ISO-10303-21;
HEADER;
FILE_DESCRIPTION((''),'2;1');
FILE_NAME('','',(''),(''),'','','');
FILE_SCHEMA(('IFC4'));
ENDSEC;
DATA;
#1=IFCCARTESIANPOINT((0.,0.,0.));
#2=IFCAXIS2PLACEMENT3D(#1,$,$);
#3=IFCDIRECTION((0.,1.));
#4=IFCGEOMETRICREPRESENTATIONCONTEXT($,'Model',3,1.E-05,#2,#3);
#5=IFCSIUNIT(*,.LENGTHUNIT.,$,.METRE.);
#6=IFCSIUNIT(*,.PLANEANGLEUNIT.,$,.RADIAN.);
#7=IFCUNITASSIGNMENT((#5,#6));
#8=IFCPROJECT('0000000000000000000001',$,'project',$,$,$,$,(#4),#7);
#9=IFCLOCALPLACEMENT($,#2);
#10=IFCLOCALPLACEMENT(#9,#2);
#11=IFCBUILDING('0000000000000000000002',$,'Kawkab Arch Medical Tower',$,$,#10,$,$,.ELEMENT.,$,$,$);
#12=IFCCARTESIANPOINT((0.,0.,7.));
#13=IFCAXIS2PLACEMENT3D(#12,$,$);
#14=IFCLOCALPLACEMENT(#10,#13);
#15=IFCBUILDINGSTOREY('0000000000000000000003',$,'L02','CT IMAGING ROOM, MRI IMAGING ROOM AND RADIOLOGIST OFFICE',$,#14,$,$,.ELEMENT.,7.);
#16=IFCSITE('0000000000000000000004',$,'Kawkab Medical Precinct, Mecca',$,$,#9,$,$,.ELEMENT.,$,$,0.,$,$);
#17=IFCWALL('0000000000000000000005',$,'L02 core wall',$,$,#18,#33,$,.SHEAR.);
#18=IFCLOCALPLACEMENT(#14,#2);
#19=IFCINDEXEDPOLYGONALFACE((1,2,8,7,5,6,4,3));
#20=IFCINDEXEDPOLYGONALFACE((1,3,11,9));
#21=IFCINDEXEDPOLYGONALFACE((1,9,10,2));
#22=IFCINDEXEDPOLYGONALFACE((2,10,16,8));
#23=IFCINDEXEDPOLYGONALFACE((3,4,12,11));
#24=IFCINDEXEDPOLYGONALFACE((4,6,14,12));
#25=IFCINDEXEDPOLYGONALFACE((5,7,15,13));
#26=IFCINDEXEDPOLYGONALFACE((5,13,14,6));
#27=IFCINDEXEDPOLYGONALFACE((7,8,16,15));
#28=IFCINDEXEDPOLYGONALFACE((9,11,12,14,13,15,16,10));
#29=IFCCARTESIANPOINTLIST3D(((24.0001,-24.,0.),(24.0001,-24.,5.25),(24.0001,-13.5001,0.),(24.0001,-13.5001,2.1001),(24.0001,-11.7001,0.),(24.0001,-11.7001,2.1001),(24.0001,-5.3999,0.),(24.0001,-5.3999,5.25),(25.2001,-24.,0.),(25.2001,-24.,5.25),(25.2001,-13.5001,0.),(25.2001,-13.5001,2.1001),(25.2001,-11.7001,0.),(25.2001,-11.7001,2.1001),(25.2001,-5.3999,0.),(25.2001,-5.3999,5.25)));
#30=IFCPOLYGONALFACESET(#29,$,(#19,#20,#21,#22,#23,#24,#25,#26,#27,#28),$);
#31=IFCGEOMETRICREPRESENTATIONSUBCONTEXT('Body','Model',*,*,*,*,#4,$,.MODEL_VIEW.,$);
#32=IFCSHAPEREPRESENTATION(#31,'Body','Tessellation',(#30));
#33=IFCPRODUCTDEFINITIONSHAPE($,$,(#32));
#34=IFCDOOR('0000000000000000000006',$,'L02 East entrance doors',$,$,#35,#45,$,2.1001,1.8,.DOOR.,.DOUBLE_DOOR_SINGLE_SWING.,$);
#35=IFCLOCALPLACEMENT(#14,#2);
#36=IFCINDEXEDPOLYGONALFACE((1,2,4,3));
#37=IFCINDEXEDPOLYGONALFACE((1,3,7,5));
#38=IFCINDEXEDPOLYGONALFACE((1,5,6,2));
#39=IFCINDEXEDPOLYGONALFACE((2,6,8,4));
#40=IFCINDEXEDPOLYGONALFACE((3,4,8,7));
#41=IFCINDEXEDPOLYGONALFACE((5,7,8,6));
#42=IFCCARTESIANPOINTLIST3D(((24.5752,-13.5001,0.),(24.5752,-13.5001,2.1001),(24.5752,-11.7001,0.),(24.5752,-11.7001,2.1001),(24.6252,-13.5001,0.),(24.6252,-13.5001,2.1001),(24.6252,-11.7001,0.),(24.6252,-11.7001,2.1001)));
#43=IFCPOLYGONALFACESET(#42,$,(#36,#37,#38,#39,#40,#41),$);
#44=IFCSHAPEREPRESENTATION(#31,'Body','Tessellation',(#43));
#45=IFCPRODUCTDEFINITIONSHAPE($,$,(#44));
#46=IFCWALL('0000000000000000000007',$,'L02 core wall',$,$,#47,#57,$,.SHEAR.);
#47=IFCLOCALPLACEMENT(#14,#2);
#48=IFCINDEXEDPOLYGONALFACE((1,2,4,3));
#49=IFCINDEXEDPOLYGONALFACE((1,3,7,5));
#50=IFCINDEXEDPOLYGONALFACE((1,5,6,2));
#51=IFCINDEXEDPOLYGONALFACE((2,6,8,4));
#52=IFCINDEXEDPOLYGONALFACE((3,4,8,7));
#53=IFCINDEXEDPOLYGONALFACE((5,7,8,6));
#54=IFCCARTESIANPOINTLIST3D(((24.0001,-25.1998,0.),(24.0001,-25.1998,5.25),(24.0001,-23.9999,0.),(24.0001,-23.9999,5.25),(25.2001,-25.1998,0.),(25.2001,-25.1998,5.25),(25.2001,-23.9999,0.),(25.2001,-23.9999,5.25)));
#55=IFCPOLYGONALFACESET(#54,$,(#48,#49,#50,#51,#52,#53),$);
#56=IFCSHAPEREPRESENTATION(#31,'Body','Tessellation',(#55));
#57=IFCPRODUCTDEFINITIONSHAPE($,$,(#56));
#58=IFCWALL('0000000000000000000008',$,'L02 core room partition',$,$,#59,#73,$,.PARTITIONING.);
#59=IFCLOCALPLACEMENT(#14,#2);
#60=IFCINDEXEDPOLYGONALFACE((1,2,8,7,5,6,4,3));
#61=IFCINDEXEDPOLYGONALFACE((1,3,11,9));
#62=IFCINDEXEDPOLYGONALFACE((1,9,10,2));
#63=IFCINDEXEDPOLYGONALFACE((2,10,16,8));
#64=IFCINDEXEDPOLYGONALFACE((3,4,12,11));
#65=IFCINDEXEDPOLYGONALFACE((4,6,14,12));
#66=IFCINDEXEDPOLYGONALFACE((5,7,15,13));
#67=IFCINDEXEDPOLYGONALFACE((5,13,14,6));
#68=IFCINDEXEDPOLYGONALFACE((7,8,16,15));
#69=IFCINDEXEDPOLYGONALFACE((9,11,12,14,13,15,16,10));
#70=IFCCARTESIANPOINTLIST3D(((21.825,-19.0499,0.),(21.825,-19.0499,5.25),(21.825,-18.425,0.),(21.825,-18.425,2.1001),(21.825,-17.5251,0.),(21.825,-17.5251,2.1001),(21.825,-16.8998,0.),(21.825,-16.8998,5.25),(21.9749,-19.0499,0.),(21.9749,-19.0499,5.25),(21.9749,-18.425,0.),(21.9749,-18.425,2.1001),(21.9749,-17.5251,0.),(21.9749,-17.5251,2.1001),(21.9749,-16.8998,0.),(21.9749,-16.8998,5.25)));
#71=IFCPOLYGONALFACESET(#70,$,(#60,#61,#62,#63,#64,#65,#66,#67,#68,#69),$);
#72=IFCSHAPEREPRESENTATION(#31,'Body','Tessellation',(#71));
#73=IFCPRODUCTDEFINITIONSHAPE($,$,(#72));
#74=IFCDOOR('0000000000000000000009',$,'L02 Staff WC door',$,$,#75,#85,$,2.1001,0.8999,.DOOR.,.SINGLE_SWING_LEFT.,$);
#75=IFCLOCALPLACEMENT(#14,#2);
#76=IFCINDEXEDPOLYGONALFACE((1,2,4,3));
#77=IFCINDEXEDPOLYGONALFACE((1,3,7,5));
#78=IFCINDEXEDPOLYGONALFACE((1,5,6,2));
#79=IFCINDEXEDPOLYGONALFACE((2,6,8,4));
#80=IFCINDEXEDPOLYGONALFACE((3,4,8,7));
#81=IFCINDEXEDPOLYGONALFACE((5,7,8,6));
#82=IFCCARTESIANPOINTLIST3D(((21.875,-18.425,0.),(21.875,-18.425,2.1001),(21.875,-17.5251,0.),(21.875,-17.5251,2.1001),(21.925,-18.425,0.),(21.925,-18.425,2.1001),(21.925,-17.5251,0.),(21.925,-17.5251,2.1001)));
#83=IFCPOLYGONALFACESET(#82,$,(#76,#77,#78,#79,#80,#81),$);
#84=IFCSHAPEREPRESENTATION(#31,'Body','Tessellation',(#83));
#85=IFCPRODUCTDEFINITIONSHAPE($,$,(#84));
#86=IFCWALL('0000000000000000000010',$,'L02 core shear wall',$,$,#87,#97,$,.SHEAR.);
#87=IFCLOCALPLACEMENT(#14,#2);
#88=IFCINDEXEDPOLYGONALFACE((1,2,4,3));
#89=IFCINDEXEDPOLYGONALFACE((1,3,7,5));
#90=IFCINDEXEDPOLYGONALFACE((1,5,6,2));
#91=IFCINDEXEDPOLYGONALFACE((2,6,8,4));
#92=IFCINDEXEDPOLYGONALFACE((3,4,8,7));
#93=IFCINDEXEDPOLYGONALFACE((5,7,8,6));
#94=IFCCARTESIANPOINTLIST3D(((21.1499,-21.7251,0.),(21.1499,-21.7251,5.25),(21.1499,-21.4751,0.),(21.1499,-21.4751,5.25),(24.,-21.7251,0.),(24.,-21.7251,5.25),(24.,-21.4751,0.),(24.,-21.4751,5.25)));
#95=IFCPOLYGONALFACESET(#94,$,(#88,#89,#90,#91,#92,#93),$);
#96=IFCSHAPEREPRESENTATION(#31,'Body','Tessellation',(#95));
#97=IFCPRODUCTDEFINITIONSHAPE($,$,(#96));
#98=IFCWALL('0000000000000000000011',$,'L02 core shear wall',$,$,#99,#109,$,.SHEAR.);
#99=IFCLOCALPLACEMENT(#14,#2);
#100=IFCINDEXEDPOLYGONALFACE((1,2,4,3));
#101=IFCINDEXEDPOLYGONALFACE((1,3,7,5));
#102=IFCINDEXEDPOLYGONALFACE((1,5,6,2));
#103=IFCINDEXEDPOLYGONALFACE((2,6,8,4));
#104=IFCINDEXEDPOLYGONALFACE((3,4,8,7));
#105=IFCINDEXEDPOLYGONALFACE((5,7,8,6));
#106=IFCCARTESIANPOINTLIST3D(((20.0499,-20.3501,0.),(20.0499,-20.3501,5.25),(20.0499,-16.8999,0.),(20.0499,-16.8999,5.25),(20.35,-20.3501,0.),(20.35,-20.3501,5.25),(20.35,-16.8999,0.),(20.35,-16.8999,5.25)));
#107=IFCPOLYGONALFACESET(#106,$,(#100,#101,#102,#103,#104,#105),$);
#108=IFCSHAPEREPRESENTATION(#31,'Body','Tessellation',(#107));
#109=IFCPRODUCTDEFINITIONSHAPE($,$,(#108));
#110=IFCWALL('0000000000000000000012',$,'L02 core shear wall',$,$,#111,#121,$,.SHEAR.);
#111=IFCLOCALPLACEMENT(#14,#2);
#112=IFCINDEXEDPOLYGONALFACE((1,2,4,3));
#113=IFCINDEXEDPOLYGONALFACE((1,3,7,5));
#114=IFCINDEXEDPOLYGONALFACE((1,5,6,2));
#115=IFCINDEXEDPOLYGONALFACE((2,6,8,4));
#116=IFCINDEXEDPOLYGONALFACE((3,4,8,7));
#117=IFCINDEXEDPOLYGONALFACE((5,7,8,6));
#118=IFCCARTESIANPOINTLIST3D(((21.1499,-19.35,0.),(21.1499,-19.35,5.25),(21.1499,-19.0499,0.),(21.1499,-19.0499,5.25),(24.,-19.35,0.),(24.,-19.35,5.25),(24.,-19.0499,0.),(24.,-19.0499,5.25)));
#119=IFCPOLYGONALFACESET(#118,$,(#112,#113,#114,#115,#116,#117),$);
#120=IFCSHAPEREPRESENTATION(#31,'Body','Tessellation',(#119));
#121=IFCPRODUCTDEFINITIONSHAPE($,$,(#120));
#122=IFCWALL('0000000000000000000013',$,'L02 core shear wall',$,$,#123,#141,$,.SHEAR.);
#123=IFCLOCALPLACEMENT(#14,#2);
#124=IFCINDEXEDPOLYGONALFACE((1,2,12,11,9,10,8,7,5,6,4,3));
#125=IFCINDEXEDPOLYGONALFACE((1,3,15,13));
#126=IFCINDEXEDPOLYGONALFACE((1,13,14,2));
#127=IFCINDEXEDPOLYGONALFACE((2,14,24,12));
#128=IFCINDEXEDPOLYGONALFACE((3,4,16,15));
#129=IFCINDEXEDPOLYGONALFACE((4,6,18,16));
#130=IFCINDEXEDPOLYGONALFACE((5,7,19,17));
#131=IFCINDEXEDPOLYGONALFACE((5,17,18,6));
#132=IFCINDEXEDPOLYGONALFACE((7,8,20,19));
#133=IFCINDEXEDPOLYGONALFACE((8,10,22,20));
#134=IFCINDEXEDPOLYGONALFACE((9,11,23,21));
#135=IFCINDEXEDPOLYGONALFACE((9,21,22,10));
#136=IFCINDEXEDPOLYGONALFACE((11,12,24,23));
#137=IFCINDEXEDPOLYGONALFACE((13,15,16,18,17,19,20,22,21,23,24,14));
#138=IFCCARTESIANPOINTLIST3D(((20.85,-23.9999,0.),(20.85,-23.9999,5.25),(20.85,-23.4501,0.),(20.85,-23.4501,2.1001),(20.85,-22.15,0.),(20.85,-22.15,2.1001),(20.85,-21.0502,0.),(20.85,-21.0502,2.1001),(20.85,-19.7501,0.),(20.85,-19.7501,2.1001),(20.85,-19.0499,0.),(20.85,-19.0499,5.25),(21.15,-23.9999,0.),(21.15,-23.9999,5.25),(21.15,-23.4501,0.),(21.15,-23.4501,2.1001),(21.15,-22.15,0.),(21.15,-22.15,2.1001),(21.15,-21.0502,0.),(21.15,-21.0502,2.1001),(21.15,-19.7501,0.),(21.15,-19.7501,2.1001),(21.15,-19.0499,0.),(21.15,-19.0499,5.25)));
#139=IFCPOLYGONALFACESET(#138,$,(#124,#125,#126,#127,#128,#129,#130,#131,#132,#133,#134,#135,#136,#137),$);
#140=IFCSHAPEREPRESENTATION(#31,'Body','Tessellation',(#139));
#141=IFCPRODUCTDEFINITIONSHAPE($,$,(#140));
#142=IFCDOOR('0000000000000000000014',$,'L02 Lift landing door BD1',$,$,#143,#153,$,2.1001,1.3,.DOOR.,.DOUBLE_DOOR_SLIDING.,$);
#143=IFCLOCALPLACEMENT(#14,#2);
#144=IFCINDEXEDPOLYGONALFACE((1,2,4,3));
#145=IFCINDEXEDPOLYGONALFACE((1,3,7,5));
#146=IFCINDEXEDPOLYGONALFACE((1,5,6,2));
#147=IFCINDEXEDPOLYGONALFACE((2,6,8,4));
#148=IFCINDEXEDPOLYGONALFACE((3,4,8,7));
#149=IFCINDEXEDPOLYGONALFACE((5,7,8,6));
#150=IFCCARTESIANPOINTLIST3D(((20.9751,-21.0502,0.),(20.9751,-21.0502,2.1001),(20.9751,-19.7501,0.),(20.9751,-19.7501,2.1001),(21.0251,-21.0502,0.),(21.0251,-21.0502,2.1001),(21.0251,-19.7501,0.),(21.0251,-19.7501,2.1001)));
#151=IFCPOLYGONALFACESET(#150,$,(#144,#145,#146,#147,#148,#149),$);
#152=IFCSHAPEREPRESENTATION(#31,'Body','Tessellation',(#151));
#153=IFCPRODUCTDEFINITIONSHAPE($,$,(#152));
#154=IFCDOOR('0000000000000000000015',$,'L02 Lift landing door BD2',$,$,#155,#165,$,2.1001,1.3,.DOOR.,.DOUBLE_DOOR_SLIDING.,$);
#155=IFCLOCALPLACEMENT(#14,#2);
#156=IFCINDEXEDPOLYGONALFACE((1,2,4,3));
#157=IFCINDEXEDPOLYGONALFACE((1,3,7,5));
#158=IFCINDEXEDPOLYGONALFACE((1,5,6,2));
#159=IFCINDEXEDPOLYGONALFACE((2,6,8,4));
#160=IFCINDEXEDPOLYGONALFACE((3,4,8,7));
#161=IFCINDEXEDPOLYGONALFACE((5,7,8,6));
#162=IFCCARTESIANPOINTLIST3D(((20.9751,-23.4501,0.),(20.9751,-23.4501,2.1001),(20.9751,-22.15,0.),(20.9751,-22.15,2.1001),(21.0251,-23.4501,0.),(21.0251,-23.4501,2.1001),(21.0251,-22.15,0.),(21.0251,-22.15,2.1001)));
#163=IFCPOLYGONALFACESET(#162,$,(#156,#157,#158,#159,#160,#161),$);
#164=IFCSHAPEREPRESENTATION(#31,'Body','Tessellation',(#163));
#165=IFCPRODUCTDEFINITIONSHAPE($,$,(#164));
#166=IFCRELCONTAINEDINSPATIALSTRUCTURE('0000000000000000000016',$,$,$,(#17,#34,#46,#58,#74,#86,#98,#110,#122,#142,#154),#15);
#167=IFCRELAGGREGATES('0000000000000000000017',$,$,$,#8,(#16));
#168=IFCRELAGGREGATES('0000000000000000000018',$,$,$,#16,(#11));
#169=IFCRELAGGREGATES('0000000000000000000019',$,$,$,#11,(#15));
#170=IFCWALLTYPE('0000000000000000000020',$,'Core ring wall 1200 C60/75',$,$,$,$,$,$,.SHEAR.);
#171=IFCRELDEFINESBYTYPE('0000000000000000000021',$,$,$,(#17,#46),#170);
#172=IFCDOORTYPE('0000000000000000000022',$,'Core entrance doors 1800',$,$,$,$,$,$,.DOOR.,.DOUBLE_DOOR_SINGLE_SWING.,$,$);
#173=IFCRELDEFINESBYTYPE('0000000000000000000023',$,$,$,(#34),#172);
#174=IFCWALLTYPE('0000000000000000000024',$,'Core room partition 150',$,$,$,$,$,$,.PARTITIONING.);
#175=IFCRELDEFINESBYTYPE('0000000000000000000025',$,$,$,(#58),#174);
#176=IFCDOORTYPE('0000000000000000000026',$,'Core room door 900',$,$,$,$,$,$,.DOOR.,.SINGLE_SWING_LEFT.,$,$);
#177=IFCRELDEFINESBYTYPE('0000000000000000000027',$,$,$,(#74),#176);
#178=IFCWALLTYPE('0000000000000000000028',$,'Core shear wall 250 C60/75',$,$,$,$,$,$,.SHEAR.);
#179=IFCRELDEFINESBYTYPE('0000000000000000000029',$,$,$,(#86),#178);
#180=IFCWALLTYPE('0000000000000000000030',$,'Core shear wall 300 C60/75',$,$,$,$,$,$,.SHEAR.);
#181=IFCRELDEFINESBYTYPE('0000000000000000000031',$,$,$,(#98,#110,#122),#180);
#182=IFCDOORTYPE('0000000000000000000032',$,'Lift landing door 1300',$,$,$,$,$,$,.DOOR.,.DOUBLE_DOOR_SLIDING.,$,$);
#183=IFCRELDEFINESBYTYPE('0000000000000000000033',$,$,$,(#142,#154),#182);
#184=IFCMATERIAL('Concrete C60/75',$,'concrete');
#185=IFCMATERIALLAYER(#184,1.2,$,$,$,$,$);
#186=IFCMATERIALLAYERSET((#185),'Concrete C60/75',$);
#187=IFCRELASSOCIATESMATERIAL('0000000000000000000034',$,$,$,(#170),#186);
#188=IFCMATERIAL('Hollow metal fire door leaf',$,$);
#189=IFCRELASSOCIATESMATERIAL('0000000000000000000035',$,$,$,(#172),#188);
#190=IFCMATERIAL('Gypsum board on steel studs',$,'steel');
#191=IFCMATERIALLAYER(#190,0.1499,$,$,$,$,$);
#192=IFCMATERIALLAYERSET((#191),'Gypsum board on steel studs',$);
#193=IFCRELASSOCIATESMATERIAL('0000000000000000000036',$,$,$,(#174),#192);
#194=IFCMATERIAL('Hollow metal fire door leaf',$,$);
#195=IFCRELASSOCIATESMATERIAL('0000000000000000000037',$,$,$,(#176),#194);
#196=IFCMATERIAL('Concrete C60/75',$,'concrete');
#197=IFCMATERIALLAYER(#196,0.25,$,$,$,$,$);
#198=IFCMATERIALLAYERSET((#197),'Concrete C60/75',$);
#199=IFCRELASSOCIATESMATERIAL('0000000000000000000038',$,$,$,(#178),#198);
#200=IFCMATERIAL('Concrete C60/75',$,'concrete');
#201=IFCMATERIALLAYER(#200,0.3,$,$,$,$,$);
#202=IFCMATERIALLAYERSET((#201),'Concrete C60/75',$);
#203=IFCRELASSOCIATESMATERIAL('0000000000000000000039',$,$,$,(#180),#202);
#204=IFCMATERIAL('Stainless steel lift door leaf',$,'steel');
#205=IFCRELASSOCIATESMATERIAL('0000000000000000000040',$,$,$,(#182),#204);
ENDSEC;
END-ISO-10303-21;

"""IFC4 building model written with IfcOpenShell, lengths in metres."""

from ifc_helpers import new_model, si_unit, direction, frame, frame_2d, origin, place, context, subcontext, project, spatial, rectangle, extrude, material, layer, layer_set, type_object, element, fill, save


model = new_model("IFC4")

# Units and contexts
model_context = context("Model", 3, precision=1e-05, world=origin(), true_north=direction((0.0, 1.0)))
body_context = subcontext(model_context, "Body", "Model", "MODEL_VIEW")
ifc_project = project(units=[si_unit("LENGTHUNIT", "METRE"), si_unit("PLANEANGLEUNIT", "RADIAN")], contexts=[model_context])

# Site, building, storey
site_placement = place(None, origin())
site = spatial("IfcSite", under=ifc_project, at=site_placement, Name="Kawkab Medical Precinct, Mecca", CompositionType="ELEMENT", RefElevation=0.0)
building_placement = place(site_placement, origin())
building = spatial("IfcBuilding", under=site, at=building_placement, Name="Kawkab Arch Medical Tower", CompositionType="ELEMENT")
storey_placement = place(building_placement, frame((0.0, 0.0, 7.0)))
storey = spatial("IfcBuildingStorey", under=building, at=storey_placement, Name="L02", Description="CT IMAGING ROOM, MRI IMAGING ROOM AND RADIOLOGIST OFFICE", CompositionType="ELEMENT", Elevation=7.0)

# Wall, opening, door
ifc_material_1 = material(Name="Concrete C60/75", Category="concrete")
ifc_layer_1 = layer(ifc_material_1, 1.2)
ifc_layer_set_1 = layer_set([ifc_layer_1], Name="Concrete C60/75")
wall_type_1 = type_object("IfcWallType", Name="Core ring wall 1200 C60/75", PredefinedType="SHEAR", material=ifc_layer_set_1)
wall_1_placement = place(storey_placement, frame((24.6001, -24.0, 0.0), z_axis=(0.0, 0.0, 1.0), x_axis=(0.0, 1.0, 0.0)))
wall_1 = element("IfcWall", 1, at=wall_1_placement, inside=storey, type_object=wall_type_1, Name="L02 core wall", PredefinedType="SHEAR", context=body_context, shape_type="SweptSolid", body=[
    extrude(rectangle(XDim=18.6001, YDim=1.2, at=frame_2d((9.3, 0.0))), origin(), (0.0, 0.0, 1.0), 5.25),
])
opening_1_placement = place(wall_1_placement, frame((10.5, 0.0, 0.0)))
opening_1 = element("IfcOpeningElement", 2, at=opening_1_placement, cuts=wall_1, PredefinedType="OPENING", context=body_context, shape_type="SweptSolid", body=[
    extrude(rectangle(XDim=1.8, YDim=2.1001, at=frame_2d((0.8999, 1.05))), frame((0.0, 0.6099, 0.0), z_axis=(0.0, -1.0, 0.0), x_axis=(1.0, 0.0, 0.0)), (0.0, 0.0, 1.0), 1.22),
])
ifc_material_2 = material(Name="Hollow metal fire door leaf")
door_type_1 = type_object("IfcDoorType", Name="Core entrance doors 1800", OperationType="DOUBLE_DOOR_SINGLE_SWING", PredefinedType="DOOR", material=ifc_material_2)
door_1_placement = place(opening_1_placement, origin())
door_1 = element("IfcDoor", 3, at=door_1_placement, inside=storey, type_object=door_type_1, Name="L02 East entrance doors", OperationType="DOUBLE_DOOR_SINGLE_SWING", OverallHeight=2.1001, OverallWidth=1.8, PredefinedType="DOOR", context=body_context, shape_type="SweptSolid", body=[
    extrude(rectangle(XDim=1.8, YDim=2.1001, at=frame_2d((0.8999, 1.05))), frame((0.0, 0.0249, 0.0), z_axis=(0.0, -1.0, 0.0), x_axis=(1.0, 0.0, 0.0)), (0.0, 0.0, 1.0), 0.05),
])
fill(opening_1, door_1)

# Wall
wall_2_placement = place(storey_placement, frame((24.6001, -25.2, 0.0), z_axis=(0.0, 0.0, 1.0), x_axis=(0.0, 1.0, 0.0)))
element("IfcWall", 4, at=wall_2_placement, inside=storey, type_object=wall_type_1, Name="L02 core wall", PredefinedType="SHEAR", context=body_context, shape_type="SweptSolid", body=[
    extrude(rectangle(XDim=1.2, YDim=1.2, at=frame_2d((0.6001, 0.0))), origin(), (0.0, 0.0, 1.0), 5.25),
])

# Wall, opening, door
ifc_material_3 = material(Name="Gypsum board on steel studs", Category="steel")
ifc_layer_2 = layer(ifc_material_3, 0.1499)
ifc_layer_set_2 = layer_set([ifc_layer_2], Name="Gypsum board on steel studs")
wall_type_2 = type_object("IfcWallType", Name="Core room partition 150", PredefinedType="PARTITIONING", material=ifc_layer_set_2)
wall_3_placement = place(storey_placement, frame((21.8999, -19.05, 0.0), z_axis=(0.0, 0.0, 1.0), x_axis=(0.0, 1.0, 0.0)))
wall_3 = element("IfcWall", 5, at=wall_3_placement, inside=storey, type_object=wall_type_2, Name="L02 core room partition", PredefinedType="PARTITIONING", context=body_context, shape_type="SweptSolid", body=[
    extrude(rectangle(XDim=2.1501, YDim=0.1499, at=frame_2d((1.0752, 0.0))), origin(), (0.0, 0.0, 1.0), 5.25),
])
opening_2_placement = place(wall_3_placement, frame((0.625, 0.0, 0.0)))
opening_2 = element("IfcOpeningElement", 6, at=opening_2_placement, cuts=wall_3, PredefinedType="OPENING", context=body_context, shape_type="SweptSolid", body=[
    extrude(rectangle(XDim=0.8999, YDim=2.1001, at=frame_2d((0.45, 1.05))), frame((0.0, 0.085, 0.0), z_axis=(0.0, -1.0, 0.0), x_axis=(1.0, 0.0, 0.0)), (0.0, 0.0, 1.0), 0.1699),
])
ifc_material_4 = material(Name="Hollow metal fire door leaf")
door_type_2 = type_object("IfcDoorType", Name="Core room door 900", OperationType="SINGLE_SWING_LEFT", PredefinedType="DOOR", material=ifc_material_4)
door_2_placement = place(opening_2_placement, origin())
door_2 = element("IfcDoor", 7, at=door_2_placement, inside=storey, type_object=door_type_2, Name="L02 Staff WC door", OperationType="SINGLE_SWING_LEFT", OverallHeight=2.1001, OverallWidth=0.8999, PredefinedType="DOOR", context=body_context, shape_type="SweptSolid", body=[
    extrude(rectangle(XDim=0.8999, YDim=2.1001, at=frame_2d((0.45, 1.05))), frame((0.0, 0.0249, 0.0), z_axis=(0.0, -1.0, 0.0), x_axis=(1.0, 0.0, 0.0)), (0.0, 0.0, 1.0), 0.05),
])
fill(opening_2, door_2)

# Walls
ifc_material_5 = material(Name="Concrete C60/75", Category="concrete")
ifc_layer_3 = layer(ifc_material_5, 0.25)
ifc_layer_set_3 = layer_set([ifc_layer_3], Name="Concrete C60/75")
wall_type_3 = type_object("IfcWallType", Name="Core shear wall 250 C60/75", PredefinedType="SHEAR", material=ifc_layer_set_3)
wall_4_placement = place(storey_placement, frame((21.1499, -21.6001, 0.0), z_axis=(0.0, 0.0, 1.0), x_axis=(1.0, 0.0, 0.0)))
element("IfcWall", 8, at=wall_4_placement, inside=storey, type_object=wall_type_3, Name="L02 core shear wall", PredefinedType="SHEAR", context=body_context, shape_type="SweptSolid", body=[
    extrude(rectangle(XDim=2.8501, YDim=0.25, at=frame_2d((1.425, 0.0))), origin(), (0.0, 0.0, 1.0), 5.25),
])
ifc_material_6 = material(Name="Concrete C60/75", Category="concrete")
ifc_layer_4 = layer(ifc_material_6, 0.3)
ifc_layer_set_4 = layer_set([ifc_layer_4], Name="Concrete C60/75")
wall_type_4 = type_object("IfcWallType", Name="Core shear wall 300 C60/75", PredefinedType="SHEAR", material=ifc_layer_set_4)
wall_5_placement = place(storey_placement, frame((20.2, -20.3501, 0.0), z_axis=(0.0, 0.0, 1.0), x_axis=(0.0, 1.0, 0.0)))
element("IfcWall", 9, at=wall_5_placement, inside=storey, type_object=wall_type_4, Name="L02 core shear wall", PredefinedType="SHEAR", context=body_context, shape_type="SweptSolid", body=[
    extrude(rectangle(XDim=3.4502, YDim=0.3, at=frame_2d((1.7251, 0.0))), origin(), (0.0, 0.0, 1.0), 5.25),
])
wall_6_placement = place(storey_placement, frame((21.1499, -19.2, 0.0), z_axis=(0.0, 0.0, 1.0), x_axis=(1.0, 0.0, 0.0)))
element("IfcWall", 10, at=wall_6_placement, inside=storey, type_object=wall_type_4, Name="L02 core shear wall", PredefinedType="SHEAR", context=body_context, shape_type="SweptSolid", body=[
    extrude(rectangle(XDim=2.8501, YDim=0.3, at=frame_2d((1.425, 0.0))), origin(), (0.0, 0.0, 1.0), 5.25),
])

# Wall, openings, doors
wall_7_placement = place(storey_placement, frame((21.0, -24.0, 0.0), z_axis=(0.0, 0.0, 1.0), x_axis=(0.0, 1.0, 0.0)))
wall_7 = element("IfcWall", 11, at=wall_7_placement, inside=storey, type_object=wall_type_4, Name="L02 core shear wall", PredefinedType="SHEAR", context=body_context, shape_type="SweptSolid", body=[
    extrude(rectangle(XDim=4.95, YDim=0.3, at=frame_2d((2.4751, 0.0))), origin(), (0.0, 0.0, 1.0), 5.25),
])
opening_3_placement = place(wall_7_placement, frame((2.95, 0.0, 0.0)))
opening_3 = element("IfcOpeningElement", 12, at=opening_3_placement, cuts=wall_7, PredefinedType="OPENING", context=body_context, shape_type="SweptSolid", body=[
    extrude(rectangle(XDim=1.3, YDim=2.1001, at=frame_2d((0.6499, 1.05))), frame((0.0, 0.1599, 0.0), z_axis=(0.0, -1.0, 0.0), x_axis=(1.0, 0.0, 0.0)), (0.0, 0.0, 1.0), 0.3201),
])
opening_4_placement = place(wall_7_placement, frame((0.55, 0.0, 0.0)))
opening_4 = element("IfcOpeningElement", 13, at=opening_4_placement, cuts=wall_7, PredefinedType="OPENING", context=body_context, shape_type="SweptSolid", body=[
    extrude(rectangle(XDim=1.3, YDim=2.1001, at=frame_2d((0.6499, 1.05))), frame((0.0, 0.1599, 0.0), z_axis=(0.0, -1.0, 0.0), x_axis=(1.0, 0.0, 0.0)), (0.0, 0.0, 1.0), 0.3201),
])
ifc_material_7 = material(Name="Stainless steel lift door leaf", Category="steel")
door_type_3 = type_object("IfcDoorType", Name="Lift landing door 1300", OperationType="DOUBLE_DOOR_SLIDING", PredefinedType="DOOR", material=ifc_material_7)
door_3_placement = place(opening_3_placement, origin())
door_3 = element("IfcDoor", 14, at=door_3_placement, inside=storey, type_object=door_type_3, Name="L02 Lift landing door BD1", OperationType="DOUBLE_DOOR_SLIDING", OverallHeight=2.1001, OverallWidth=1.3, PredefinedType="DOOR", context=body_context, shape_type="SweptSolid", body=[
    extrude(rectangle(XDim=1.3, YDim=2.1001, at=frame_2d((0.6499, 1.05))), frame((0.0, 0.0249, 0.0), z_axis=(0.0, -1.0, 0.0), x_axis=(1.0, 0.0, 0.0)), (0.0, 0.0, 1.0), 0.05),
])
fill(opening_3, door_3)
door_4_placement = place(opening_4_placement, origin())
door_4 = element("IfcDoor", 15, at=door_4_placement, inside=storey, type_object=door_type_3, Name="L02 Lift landing door BD2", OperationType="DOUBLE_DOOR_SLIDING", OverallHeight=2.1001, OverallWidth=1.3, PredefinedType="DOOR", context=body_context, shape_type="SweptSolid", body=[
    extrude(rectangle(XDim=1.3, YDim=2.1001, at=frame_2d((0.6499, 1.05))), frame((0.0, 0.0249, 0.0), z_axis=(0.0, -1.0, 0.0), x_axis=(1.0, 0.0, 0.0)), (0.0, 0.0, 1.0), 0.05),
])
fill(opening_4, door_4)

save(model, "model.ifc")
